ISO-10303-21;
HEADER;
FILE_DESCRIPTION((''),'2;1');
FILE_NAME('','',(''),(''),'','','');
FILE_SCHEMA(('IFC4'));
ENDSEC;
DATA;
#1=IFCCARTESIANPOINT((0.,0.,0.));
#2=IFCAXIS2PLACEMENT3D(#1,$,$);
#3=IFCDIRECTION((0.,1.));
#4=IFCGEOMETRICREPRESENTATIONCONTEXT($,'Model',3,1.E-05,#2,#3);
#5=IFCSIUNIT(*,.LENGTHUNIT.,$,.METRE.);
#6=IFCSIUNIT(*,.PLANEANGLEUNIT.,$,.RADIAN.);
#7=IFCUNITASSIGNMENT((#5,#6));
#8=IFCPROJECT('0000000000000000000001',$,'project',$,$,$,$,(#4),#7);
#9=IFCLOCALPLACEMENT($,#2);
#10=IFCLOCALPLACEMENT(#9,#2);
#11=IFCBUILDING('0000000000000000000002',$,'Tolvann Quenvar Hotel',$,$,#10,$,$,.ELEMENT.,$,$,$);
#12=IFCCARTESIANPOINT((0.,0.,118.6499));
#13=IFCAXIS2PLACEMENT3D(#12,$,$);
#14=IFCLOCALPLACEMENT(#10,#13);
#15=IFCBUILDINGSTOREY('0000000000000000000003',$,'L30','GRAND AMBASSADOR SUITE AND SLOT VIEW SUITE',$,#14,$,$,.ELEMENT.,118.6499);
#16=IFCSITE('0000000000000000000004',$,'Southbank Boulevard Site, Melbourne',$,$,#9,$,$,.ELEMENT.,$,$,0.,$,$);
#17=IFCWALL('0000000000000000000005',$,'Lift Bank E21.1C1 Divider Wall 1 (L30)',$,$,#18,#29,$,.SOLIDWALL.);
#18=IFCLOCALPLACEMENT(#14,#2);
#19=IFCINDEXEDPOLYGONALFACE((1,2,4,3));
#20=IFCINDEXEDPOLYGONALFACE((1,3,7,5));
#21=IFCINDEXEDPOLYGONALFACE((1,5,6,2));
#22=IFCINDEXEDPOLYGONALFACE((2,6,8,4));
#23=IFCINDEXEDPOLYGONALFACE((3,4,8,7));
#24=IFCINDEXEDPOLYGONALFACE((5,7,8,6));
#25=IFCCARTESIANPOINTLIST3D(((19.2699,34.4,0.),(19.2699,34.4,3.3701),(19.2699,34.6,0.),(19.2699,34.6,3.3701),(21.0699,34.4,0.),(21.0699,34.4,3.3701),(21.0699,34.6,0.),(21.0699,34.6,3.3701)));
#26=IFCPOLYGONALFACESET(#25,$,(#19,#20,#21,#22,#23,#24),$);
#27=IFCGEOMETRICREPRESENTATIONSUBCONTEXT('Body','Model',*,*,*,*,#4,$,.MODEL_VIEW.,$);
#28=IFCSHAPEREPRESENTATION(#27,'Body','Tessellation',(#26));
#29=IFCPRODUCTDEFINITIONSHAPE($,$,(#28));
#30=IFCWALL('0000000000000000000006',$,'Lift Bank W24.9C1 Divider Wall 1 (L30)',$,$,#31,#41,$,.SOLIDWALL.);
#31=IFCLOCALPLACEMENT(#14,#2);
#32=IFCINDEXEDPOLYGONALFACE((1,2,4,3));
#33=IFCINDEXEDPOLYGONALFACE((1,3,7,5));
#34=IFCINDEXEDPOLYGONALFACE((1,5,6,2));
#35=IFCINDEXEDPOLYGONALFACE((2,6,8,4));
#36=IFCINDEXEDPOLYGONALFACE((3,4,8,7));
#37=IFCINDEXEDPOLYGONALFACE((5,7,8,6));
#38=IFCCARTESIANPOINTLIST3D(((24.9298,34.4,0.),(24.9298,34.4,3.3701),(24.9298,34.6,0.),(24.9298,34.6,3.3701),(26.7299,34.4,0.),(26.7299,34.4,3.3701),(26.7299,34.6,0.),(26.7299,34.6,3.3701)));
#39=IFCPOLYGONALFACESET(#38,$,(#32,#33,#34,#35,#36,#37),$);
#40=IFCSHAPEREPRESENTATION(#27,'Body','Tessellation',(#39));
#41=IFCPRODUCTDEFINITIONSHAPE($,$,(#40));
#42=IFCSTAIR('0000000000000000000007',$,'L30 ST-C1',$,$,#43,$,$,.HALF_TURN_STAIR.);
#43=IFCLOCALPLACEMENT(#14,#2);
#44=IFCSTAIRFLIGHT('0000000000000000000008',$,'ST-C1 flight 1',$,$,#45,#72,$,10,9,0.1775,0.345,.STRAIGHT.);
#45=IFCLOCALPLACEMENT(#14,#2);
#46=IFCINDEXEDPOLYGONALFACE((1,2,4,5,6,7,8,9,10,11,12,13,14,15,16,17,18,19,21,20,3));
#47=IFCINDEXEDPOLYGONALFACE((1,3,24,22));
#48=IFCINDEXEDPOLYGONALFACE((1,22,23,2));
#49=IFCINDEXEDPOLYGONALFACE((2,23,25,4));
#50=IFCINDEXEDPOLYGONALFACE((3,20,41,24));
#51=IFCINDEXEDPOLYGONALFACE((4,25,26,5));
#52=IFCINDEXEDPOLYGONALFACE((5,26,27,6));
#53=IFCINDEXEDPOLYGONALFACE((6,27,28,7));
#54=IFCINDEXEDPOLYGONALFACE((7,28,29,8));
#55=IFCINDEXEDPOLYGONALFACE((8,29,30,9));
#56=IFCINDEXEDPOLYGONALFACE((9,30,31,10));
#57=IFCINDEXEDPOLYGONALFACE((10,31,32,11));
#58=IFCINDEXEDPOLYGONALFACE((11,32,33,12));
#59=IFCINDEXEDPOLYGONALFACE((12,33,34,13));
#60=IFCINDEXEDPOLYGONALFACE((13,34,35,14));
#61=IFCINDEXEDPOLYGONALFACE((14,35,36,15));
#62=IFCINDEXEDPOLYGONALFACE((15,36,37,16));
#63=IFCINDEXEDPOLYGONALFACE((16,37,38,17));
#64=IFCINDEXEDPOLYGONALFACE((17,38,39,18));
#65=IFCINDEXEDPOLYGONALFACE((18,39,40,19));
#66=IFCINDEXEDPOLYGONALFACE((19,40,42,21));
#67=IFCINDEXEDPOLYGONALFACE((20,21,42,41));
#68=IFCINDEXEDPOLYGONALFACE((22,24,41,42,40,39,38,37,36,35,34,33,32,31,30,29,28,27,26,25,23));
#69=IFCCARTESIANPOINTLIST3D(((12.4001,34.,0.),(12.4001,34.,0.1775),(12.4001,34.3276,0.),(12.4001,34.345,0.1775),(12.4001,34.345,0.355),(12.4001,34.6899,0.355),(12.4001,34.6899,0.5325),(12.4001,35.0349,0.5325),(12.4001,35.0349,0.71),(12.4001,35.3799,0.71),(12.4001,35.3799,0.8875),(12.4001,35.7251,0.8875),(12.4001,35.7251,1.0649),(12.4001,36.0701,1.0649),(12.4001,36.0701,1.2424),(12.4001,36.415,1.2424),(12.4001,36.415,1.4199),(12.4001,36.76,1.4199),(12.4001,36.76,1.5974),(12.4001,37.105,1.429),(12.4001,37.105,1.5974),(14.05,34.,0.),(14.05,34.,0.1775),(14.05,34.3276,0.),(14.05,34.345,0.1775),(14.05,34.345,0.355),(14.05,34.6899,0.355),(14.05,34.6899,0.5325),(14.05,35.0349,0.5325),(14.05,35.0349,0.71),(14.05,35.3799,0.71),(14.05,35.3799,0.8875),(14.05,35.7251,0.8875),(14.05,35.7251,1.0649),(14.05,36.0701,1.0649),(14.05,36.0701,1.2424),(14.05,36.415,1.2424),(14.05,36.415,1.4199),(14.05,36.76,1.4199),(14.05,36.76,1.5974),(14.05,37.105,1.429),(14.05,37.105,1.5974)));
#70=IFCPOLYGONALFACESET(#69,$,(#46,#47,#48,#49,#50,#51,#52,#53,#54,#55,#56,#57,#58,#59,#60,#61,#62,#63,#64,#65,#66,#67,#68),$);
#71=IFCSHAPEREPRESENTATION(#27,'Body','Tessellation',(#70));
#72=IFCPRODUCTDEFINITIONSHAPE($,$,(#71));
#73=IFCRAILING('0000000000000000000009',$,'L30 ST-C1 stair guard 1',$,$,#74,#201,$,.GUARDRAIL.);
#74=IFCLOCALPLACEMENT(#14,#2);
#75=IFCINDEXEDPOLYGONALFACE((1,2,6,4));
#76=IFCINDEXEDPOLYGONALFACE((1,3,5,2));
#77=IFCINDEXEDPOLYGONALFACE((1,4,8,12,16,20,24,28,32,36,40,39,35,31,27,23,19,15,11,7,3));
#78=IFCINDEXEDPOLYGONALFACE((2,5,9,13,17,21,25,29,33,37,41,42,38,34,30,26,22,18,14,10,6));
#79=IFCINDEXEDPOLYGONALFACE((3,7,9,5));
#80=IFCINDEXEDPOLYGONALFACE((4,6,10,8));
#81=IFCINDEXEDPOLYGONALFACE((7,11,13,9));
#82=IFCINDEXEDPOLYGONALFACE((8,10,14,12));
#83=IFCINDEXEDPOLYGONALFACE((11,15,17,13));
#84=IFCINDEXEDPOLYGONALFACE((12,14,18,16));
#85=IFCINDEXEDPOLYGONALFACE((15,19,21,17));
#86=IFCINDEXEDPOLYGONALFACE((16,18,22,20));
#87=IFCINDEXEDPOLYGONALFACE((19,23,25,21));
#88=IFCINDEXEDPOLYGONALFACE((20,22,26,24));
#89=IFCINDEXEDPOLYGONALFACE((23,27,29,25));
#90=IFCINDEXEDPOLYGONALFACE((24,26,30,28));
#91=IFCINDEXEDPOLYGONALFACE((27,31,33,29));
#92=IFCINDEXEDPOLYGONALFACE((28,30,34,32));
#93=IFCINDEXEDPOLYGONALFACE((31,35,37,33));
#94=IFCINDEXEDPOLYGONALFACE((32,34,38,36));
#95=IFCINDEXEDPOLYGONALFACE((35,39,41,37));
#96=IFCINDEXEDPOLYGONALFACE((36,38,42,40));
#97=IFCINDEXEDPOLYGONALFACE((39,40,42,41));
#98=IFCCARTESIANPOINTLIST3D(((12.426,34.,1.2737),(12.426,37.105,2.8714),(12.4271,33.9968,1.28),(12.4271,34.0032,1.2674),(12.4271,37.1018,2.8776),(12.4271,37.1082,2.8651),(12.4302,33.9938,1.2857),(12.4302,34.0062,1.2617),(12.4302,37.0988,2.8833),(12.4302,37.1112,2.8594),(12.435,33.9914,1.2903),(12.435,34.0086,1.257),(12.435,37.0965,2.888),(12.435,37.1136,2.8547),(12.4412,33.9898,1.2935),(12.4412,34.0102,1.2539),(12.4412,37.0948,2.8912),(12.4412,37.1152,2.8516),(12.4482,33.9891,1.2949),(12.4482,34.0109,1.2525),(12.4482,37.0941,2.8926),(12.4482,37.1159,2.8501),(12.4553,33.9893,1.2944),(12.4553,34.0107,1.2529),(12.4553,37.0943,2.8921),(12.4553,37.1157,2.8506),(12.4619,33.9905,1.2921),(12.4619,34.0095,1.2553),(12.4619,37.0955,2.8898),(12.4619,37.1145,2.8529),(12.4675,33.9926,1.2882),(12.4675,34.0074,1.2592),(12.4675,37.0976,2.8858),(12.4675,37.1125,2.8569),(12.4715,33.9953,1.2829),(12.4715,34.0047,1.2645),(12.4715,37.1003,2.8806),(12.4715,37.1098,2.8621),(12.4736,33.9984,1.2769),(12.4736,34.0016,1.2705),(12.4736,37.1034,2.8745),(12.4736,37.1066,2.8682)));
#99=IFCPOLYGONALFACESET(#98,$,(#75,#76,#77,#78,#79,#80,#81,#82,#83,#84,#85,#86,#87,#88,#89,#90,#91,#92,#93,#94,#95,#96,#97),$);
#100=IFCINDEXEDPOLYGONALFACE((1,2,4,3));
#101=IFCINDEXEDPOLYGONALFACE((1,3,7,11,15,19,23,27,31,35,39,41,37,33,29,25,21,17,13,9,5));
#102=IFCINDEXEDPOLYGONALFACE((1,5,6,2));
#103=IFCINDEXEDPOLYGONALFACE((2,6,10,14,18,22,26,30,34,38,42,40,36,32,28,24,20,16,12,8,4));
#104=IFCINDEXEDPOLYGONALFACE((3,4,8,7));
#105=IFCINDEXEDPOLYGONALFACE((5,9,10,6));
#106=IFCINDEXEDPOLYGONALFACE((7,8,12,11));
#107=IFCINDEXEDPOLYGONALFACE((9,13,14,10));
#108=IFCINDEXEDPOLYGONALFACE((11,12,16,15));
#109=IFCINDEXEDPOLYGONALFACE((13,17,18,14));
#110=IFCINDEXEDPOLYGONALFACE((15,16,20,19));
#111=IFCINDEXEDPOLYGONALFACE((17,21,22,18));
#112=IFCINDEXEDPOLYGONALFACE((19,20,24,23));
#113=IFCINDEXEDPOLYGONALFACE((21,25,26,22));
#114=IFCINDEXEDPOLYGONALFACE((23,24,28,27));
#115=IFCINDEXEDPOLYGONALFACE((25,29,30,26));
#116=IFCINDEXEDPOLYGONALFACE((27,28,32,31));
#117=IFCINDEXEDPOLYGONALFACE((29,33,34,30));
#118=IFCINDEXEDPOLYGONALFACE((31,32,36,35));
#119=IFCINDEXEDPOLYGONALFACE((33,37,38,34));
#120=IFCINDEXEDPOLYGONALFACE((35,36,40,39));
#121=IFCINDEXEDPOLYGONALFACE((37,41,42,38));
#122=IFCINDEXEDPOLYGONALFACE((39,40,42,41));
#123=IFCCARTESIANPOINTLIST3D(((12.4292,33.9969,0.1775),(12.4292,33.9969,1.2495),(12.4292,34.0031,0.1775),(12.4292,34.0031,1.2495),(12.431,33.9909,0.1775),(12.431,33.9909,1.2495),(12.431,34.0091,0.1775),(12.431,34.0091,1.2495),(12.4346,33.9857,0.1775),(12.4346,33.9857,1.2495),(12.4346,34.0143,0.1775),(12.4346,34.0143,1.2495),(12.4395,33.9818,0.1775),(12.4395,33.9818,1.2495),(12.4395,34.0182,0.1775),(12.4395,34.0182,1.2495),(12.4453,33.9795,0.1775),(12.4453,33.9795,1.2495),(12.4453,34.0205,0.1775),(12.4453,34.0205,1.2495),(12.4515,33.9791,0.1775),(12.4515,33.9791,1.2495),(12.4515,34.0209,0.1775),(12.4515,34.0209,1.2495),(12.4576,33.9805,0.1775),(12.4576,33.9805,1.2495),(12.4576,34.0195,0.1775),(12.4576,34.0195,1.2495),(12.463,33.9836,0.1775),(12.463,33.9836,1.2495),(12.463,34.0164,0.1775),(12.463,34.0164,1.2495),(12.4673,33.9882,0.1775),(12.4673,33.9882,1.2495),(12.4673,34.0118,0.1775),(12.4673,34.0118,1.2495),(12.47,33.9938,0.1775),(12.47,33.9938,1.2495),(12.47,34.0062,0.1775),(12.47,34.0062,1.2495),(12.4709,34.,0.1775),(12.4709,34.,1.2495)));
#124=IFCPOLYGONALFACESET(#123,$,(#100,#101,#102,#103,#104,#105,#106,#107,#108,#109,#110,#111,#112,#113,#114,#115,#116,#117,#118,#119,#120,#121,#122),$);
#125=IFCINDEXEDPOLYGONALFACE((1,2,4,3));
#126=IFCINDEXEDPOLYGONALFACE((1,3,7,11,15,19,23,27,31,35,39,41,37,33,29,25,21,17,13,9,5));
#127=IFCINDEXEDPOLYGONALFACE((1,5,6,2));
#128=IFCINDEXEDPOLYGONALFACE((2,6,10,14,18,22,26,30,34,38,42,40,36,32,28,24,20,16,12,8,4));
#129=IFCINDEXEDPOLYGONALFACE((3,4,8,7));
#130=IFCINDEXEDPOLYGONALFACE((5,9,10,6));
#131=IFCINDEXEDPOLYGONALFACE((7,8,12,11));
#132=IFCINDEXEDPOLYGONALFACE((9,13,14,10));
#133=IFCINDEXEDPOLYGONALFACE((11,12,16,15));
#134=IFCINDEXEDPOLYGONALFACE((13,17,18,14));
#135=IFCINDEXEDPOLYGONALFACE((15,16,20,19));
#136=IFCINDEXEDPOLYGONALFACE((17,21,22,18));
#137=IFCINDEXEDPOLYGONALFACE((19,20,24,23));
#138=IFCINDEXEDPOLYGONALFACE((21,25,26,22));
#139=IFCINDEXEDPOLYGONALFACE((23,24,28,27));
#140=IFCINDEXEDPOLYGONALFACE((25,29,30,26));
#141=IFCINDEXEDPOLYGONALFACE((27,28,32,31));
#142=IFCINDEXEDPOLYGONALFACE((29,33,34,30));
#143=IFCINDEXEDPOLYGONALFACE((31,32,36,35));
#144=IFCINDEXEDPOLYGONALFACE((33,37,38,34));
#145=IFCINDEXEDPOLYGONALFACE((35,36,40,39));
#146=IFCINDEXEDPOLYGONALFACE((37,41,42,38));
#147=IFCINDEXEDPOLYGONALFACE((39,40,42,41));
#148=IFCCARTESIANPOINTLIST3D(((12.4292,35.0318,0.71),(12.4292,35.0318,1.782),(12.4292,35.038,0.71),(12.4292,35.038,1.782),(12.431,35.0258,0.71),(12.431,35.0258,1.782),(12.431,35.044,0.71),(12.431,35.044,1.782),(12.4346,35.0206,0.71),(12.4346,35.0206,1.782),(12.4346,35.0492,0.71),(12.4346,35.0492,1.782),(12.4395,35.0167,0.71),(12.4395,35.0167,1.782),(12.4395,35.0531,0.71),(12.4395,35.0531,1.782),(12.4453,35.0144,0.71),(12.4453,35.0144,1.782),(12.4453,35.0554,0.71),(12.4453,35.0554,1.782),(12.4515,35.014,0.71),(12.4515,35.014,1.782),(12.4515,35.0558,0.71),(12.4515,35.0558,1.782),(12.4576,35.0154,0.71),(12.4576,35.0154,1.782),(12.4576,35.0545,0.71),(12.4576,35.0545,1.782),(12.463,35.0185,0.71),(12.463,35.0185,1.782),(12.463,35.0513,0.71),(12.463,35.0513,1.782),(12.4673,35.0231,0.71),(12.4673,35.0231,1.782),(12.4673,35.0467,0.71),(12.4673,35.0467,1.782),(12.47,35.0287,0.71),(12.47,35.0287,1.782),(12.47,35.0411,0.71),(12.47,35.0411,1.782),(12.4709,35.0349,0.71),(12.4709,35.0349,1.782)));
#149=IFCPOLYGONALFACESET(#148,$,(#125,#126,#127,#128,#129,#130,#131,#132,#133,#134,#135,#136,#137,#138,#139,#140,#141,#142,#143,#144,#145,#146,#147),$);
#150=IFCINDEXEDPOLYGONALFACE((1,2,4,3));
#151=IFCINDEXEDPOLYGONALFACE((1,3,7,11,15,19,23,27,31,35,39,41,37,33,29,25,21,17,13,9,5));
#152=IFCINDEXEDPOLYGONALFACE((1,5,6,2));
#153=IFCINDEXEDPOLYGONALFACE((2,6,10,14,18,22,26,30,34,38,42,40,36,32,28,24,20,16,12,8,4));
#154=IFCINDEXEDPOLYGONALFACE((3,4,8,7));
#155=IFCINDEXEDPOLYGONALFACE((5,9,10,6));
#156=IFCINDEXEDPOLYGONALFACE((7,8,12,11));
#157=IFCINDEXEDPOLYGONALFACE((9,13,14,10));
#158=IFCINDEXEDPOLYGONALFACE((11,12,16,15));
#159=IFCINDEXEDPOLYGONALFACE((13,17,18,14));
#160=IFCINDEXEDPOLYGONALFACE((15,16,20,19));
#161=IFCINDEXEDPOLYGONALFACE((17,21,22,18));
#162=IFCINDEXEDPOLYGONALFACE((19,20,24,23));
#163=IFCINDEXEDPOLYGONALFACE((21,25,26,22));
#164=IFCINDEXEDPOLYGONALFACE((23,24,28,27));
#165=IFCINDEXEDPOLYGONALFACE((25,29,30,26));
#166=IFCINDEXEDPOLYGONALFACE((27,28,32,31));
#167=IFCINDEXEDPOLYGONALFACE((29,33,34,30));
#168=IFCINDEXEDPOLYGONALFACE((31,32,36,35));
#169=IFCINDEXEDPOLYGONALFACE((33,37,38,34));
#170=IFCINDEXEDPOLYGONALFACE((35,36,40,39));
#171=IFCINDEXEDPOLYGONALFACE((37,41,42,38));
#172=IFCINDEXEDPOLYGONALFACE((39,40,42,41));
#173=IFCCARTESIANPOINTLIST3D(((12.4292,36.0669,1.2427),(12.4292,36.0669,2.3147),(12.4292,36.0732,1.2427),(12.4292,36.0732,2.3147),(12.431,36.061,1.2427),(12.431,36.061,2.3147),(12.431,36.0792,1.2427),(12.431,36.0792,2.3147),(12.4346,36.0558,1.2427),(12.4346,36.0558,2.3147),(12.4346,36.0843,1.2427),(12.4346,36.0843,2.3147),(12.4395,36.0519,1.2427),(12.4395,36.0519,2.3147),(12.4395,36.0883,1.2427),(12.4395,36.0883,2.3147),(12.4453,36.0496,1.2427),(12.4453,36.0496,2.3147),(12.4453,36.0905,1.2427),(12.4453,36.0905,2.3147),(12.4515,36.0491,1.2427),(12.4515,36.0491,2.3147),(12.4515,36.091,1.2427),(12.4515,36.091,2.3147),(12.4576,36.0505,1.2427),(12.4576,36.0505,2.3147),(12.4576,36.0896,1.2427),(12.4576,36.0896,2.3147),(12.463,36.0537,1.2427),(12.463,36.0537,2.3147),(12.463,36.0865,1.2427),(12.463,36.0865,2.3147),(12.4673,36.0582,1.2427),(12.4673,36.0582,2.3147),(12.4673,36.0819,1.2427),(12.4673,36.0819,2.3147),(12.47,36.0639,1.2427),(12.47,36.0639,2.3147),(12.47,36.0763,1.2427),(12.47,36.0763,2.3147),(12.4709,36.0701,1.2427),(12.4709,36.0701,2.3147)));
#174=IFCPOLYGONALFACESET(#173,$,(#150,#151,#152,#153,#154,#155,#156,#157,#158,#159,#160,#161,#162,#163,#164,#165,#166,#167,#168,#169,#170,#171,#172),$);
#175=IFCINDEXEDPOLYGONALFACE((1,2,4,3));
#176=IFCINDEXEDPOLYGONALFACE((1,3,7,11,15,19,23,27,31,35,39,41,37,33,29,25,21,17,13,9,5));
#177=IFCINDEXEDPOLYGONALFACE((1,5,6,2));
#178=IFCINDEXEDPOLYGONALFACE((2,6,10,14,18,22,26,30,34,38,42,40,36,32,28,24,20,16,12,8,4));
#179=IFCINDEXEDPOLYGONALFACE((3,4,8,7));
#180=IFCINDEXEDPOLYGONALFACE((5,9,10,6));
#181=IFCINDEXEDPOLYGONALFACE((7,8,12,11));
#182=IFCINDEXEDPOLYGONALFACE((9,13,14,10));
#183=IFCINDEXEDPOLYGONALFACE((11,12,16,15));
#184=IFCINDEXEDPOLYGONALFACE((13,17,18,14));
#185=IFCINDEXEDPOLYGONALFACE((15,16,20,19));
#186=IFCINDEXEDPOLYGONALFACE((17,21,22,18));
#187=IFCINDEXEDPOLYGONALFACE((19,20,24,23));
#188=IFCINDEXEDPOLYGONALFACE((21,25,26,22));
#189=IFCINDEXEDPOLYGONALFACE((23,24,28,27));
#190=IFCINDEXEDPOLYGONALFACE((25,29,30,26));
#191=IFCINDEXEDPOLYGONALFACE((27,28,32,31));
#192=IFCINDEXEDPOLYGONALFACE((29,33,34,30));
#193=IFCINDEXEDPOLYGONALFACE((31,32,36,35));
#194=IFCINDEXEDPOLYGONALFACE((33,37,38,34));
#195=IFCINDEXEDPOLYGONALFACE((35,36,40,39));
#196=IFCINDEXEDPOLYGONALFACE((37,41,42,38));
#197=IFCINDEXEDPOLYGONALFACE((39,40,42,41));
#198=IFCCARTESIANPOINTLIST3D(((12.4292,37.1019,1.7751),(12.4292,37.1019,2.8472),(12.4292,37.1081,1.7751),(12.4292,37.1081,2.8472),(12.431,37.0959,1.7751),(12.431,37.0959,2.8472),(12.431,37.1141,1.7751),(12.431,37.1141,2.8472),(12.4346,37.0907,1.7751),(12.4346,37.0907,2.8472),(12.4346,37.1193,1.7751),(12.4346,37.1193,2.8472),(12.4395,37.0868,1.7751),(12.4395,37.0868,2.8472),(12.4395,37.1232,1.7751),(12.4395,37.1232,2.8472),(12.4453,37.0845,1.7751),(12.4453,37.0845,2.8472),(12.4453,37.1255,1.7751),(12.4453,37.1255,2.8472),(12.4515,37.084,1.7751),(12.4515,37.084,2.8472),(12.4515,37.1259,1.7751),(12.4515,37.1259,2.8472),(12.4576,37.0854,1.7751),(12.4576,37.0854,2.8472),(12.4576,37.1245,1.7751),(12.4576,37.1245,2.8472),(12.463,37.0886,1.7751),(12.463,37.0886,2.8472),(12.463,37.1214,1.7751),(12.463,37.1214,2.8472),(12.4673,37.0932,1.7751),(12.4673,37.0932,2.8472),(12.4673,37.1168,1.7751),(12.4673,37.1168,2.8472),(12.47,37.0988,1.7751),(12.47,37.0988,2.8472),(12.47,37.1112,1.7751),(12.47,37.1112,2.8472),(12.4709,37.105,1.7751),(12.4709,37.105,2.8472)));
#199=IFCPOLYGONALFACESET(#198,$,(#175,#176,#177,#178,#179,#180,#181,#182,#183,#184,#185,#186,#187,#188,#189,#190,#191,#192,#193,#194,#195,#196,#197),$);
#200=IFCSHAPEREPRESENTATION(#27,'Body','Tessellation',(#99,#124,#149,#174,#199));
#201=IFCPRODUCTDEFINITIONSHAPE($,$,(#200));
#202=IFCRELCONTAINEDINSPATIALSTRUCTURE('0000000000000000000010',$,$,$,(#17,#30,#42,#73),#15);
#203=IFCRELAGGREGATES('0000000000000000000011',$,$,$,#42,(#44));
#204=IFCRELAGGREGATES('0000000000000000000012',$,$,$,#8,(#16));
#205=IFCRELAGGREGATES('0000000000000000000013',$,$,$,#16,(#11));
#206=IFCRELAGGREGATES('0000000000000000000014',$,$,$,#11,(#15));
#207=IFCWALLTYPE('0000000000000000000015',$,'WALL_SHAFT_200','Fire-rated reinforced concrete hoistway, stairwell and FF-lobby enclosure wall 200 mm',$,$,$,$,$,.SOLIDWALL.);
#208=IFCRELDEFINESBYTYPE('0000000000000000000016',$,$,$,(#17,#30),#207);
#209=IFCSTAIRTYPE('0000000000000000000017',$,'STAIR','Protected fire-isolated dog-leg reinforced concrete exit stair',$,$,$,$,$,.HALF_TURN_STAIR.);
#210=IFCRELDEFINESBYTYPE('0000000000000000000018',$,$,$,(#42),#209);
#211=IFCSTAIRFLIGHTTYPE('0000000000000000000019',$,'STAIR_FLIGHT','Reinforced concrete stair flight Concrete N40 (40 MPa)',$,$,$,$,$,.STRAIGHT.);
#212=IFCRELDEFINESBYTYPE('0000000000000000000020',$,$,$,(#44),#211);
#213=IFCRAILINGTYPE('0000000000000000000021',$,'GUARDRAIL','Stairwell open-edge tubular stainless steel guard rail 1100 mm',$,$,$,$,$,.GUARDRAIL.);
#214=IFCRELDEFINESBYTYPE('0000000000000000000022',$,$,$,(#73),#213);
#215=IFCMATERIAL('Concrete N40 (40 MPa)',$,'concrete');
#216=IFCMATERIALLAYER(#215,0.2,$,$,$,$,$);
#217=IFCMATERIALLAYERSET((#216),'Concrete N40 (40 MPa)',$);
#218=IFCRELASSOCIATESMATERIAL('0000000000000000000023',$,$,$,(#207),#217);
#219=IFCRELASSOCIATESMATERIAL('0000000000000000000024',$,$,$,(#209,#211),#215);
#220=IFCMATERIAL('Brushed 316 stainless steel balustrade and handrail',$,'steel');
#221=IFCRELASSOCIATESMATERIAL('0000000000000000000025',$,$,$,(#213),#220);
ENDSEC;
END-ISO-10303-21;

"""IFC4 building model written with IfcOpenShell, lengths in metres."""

from ifc_helpers import new_model, si_unit, direction, frame, frame_2d, origin, origin_2d, place, context, subcontext, project, spatial, polyline, rectangle, circle, outline, extrude, material, layer, layer_set, type_object, element, aggregate, save


model = new_model("IFC4")

# Units and contexts
model_context = context("Model", 3, precision=1e-05, world=origin(), true_north=direction((0.0, 1.0)))
body_context = subcontext(model_context, "Body", "Model", "MODEL_VIEW")
ifc_project = project(units=[si_unit("LENGTHUNIT", "METRE"), si_unit("PLANEANGLEUNIT", "RADIAN")], contexts=[model_context])

# Site, building, storey
site_placement = place(None, origin())
site = spatial("IfcSite", under=ifc_project, at=site_placement, Name="Southbank Boulevard Site, Melbourne", CompositionType="ELEMENT", RefElevation=0.0)
building_placement = place(site_placement, origin())
building = spatial("IfcBuilding", under=site, at=building_placement, Name="Tolvann Quenvar Hotel", CompositionType="ELEMENT")
storey_placement = place(building_placement, frame((0.0, 0.0, 118.6499)))
storey = spatial("IfcBuildingStorey", under=building, at=storey_placement, Name="L30", Description="GRAND AMBASSADOR SUITE AND SLOT VIEW SUITE", CompositionType="ELEMENT", Elevation=118.6499)

# Shared definitions
ifc_material_1 = material(Name="Concrete N40 (40 MPa)", Category="concrete")
ifc_layer_1 = layer(ifc_material_1, 0.2)
ifc_layer_set_1 = layer_set([ifc_layer_1], Name="Concrete N40 (40 MPa)")
wall_type_1 = type_object("IfcWallType", Name="WALL_SHAFT_200", Description="Fire-rated reinforced concrete hoistway, stairwell and FF-lobby enclosure wall 200 mm", PredefinedType="SOLIDWALL", material=ifc_layer_set_1)

# Wall
wall_1_placement = place(storey_placement, frame((19.27, 34.5, 0.0), z_axis=(0.0, 0.0, 1.0), x_axis=(1.0, 0.0, 0.0)))
element("IfcWall", 1, at=wall_1_placement, inside=storey, type_object=wall_type_1, Name="Lift Bank E21.1C1 Divider Wall 1 (L30)", PredefinedType="SOLIDWALL", context=body_context, shape_type="SweptSolid", body=[
    extrude(rectangle(XDim=1.8, YDim=0.2, at=frame_2d((0.8999, 0.0))), origin(), (0.0, 0.0, 1.0), 3.3701),
])

# Wall
wall_2_placement = place(storey_placement, frame((24.9299, 34.5, 0.0), z_axis=(0.0, 0.0, 1.0), x_axis=(1.0, 0.0, 0.0)))
element("IfcWall", 2, at=wall_2_placement, inside=storey, type_object=wall_type_1, Name="Lift Bank W24.9C1 Divider Wall 1 (L30)", PredefinedType="SOLIDWALL", context=body_context, shape_type="SweptSolid", body=[
    extrude(rectangle(XDim=1.8, YDim=0.2, at=frame_2d((0.8999, 0.0))), origin(), (0.0, 0.0, 1.0), 3.3701),
])

# Stair, stair flight
stair_type = type_object("IfcStairType", Name="STAIR", Description="Protected fire-isolated dog-leg reinforced concrete exit stair", PredefinedType="HALF_TURN_STAIR", material=ifc_material_1)
stair_placement = place(storey_placement, origin())
stair = element("IfcStair", 3, at=stair_placement, inside=storey, type_object=stair_type, Name="L30 ST-C1", PredefinedType="HALF_TURN_STAIR")
stair_flight_type = type_object("IfcStairFlightType", Name="STAIR_FLIGHT", Description="Reinforced concrete stair flight Concrete N40 (40 MPa)", PredefinedType="STRAIGHT", material=ifc_material_1)
stair_flight_placement = place(storey_placement, frame((13.2251, 34.0, 0.0), z_axis=(0.0, 0.0, 1.0), x_axis=(0.0, 1.0, 0.0)))
stair_flight = element("IfcStairFlight", 4, at=stair_flight_placement, type_object=stair_flight_type, Name="ST-C1 flight 1", NumberOfRisers=10, NumberOfTreads=9, PredefinedType="STRAIGHT", RiserHeight=0.1775, TreadLength=0.345, context=body_context, shape_type="SweptSolid", body=[
    extrude(outline(polyline([(0.0, 0.0), (0.0, 0.1775), (0.345, 0.1775), (0.345, 0.355), (0.6899, 0.355), (0.6899, 0.5325), (1.0349, 0.5325), (1.0349, 0.71), (1.3799, 0.71), (1.3799, 0.8875), (1.7251, 0.8875), (1.7251, 1.0649), (2.0701, 1.0649), (2.0701, 1.2424), (2.415, 1.2424), (2.415, 1.4199), (2.76, 1.4199), (2.76, 1.5974), (3.105, 1.5974), (3.105, 1.7749), (3.105, 1.429), (0.3276, 0.0), (0.0, 0.0)])), frame((0.0, 0.825, 0.0), z_axis=(0.0, -1.0, 0.0), x_axis=(1.0, 0.0, 0.0)), (0.0, 0.0, 1.0), 1.6499),
])
aggregate(stair, [stair_flight])

# Railing
ifc_material_2 = material(Name="Brushed 316 stainless steel balustrade and handrail", Category="steel")
railing_type_1 = type_object("IfcRailingType", Name="GUARDRAIL", Description="Stairwell open-edge tubular stainless steel guard rail 1100 mm", PredefinedType="GUARDRAIL", material=ifc_material_2)
railing_1_placement = place(storey_placement, frame((12.45, 34.0, 0.1775)))
element("IfcRailing", 5, at=railing_1_placement, inside=storey, type_object=railing_type_1, Name="L30 ST-C1 stair guard 1", PredefinedType="GUARDRAIL", context=body_context, shape_type="SweptSolid", body=[
    extrude(circle(Radius=0.0239, at=origin_2d()), frame((0.0, 0.0, 1.0962), z_axis=(0.0, 0.889194, 0.457531), x_axis=(-1.0, 0.0, 0.0)), (0.0, 0.0, 1.0), 3.4919),
    extrude(circle(Radius=0.021, at=origin_2d()), origin(), (0.0, 0.0, 1.0), 1.072),
    extrude(circle(Radius=0.021, at=origin_2d()), frame((0.0, 1.0349, 0.5325)), (0.0, 0.0, 1.0), 1.072),
    extrude(circle(Radius=0.021, at=origin_2d()), frame((0.0, 2.0701, 1.0652)), (0.0, 0.0, 1.0), 1.072),
    extrude(circle(Radius=0.021, at=origin_2d()), frame((0.0, 3.105, 1.5977)), (0.0, 0.0, 1.0), 1.072),
])

save(model, "model.ifc")
